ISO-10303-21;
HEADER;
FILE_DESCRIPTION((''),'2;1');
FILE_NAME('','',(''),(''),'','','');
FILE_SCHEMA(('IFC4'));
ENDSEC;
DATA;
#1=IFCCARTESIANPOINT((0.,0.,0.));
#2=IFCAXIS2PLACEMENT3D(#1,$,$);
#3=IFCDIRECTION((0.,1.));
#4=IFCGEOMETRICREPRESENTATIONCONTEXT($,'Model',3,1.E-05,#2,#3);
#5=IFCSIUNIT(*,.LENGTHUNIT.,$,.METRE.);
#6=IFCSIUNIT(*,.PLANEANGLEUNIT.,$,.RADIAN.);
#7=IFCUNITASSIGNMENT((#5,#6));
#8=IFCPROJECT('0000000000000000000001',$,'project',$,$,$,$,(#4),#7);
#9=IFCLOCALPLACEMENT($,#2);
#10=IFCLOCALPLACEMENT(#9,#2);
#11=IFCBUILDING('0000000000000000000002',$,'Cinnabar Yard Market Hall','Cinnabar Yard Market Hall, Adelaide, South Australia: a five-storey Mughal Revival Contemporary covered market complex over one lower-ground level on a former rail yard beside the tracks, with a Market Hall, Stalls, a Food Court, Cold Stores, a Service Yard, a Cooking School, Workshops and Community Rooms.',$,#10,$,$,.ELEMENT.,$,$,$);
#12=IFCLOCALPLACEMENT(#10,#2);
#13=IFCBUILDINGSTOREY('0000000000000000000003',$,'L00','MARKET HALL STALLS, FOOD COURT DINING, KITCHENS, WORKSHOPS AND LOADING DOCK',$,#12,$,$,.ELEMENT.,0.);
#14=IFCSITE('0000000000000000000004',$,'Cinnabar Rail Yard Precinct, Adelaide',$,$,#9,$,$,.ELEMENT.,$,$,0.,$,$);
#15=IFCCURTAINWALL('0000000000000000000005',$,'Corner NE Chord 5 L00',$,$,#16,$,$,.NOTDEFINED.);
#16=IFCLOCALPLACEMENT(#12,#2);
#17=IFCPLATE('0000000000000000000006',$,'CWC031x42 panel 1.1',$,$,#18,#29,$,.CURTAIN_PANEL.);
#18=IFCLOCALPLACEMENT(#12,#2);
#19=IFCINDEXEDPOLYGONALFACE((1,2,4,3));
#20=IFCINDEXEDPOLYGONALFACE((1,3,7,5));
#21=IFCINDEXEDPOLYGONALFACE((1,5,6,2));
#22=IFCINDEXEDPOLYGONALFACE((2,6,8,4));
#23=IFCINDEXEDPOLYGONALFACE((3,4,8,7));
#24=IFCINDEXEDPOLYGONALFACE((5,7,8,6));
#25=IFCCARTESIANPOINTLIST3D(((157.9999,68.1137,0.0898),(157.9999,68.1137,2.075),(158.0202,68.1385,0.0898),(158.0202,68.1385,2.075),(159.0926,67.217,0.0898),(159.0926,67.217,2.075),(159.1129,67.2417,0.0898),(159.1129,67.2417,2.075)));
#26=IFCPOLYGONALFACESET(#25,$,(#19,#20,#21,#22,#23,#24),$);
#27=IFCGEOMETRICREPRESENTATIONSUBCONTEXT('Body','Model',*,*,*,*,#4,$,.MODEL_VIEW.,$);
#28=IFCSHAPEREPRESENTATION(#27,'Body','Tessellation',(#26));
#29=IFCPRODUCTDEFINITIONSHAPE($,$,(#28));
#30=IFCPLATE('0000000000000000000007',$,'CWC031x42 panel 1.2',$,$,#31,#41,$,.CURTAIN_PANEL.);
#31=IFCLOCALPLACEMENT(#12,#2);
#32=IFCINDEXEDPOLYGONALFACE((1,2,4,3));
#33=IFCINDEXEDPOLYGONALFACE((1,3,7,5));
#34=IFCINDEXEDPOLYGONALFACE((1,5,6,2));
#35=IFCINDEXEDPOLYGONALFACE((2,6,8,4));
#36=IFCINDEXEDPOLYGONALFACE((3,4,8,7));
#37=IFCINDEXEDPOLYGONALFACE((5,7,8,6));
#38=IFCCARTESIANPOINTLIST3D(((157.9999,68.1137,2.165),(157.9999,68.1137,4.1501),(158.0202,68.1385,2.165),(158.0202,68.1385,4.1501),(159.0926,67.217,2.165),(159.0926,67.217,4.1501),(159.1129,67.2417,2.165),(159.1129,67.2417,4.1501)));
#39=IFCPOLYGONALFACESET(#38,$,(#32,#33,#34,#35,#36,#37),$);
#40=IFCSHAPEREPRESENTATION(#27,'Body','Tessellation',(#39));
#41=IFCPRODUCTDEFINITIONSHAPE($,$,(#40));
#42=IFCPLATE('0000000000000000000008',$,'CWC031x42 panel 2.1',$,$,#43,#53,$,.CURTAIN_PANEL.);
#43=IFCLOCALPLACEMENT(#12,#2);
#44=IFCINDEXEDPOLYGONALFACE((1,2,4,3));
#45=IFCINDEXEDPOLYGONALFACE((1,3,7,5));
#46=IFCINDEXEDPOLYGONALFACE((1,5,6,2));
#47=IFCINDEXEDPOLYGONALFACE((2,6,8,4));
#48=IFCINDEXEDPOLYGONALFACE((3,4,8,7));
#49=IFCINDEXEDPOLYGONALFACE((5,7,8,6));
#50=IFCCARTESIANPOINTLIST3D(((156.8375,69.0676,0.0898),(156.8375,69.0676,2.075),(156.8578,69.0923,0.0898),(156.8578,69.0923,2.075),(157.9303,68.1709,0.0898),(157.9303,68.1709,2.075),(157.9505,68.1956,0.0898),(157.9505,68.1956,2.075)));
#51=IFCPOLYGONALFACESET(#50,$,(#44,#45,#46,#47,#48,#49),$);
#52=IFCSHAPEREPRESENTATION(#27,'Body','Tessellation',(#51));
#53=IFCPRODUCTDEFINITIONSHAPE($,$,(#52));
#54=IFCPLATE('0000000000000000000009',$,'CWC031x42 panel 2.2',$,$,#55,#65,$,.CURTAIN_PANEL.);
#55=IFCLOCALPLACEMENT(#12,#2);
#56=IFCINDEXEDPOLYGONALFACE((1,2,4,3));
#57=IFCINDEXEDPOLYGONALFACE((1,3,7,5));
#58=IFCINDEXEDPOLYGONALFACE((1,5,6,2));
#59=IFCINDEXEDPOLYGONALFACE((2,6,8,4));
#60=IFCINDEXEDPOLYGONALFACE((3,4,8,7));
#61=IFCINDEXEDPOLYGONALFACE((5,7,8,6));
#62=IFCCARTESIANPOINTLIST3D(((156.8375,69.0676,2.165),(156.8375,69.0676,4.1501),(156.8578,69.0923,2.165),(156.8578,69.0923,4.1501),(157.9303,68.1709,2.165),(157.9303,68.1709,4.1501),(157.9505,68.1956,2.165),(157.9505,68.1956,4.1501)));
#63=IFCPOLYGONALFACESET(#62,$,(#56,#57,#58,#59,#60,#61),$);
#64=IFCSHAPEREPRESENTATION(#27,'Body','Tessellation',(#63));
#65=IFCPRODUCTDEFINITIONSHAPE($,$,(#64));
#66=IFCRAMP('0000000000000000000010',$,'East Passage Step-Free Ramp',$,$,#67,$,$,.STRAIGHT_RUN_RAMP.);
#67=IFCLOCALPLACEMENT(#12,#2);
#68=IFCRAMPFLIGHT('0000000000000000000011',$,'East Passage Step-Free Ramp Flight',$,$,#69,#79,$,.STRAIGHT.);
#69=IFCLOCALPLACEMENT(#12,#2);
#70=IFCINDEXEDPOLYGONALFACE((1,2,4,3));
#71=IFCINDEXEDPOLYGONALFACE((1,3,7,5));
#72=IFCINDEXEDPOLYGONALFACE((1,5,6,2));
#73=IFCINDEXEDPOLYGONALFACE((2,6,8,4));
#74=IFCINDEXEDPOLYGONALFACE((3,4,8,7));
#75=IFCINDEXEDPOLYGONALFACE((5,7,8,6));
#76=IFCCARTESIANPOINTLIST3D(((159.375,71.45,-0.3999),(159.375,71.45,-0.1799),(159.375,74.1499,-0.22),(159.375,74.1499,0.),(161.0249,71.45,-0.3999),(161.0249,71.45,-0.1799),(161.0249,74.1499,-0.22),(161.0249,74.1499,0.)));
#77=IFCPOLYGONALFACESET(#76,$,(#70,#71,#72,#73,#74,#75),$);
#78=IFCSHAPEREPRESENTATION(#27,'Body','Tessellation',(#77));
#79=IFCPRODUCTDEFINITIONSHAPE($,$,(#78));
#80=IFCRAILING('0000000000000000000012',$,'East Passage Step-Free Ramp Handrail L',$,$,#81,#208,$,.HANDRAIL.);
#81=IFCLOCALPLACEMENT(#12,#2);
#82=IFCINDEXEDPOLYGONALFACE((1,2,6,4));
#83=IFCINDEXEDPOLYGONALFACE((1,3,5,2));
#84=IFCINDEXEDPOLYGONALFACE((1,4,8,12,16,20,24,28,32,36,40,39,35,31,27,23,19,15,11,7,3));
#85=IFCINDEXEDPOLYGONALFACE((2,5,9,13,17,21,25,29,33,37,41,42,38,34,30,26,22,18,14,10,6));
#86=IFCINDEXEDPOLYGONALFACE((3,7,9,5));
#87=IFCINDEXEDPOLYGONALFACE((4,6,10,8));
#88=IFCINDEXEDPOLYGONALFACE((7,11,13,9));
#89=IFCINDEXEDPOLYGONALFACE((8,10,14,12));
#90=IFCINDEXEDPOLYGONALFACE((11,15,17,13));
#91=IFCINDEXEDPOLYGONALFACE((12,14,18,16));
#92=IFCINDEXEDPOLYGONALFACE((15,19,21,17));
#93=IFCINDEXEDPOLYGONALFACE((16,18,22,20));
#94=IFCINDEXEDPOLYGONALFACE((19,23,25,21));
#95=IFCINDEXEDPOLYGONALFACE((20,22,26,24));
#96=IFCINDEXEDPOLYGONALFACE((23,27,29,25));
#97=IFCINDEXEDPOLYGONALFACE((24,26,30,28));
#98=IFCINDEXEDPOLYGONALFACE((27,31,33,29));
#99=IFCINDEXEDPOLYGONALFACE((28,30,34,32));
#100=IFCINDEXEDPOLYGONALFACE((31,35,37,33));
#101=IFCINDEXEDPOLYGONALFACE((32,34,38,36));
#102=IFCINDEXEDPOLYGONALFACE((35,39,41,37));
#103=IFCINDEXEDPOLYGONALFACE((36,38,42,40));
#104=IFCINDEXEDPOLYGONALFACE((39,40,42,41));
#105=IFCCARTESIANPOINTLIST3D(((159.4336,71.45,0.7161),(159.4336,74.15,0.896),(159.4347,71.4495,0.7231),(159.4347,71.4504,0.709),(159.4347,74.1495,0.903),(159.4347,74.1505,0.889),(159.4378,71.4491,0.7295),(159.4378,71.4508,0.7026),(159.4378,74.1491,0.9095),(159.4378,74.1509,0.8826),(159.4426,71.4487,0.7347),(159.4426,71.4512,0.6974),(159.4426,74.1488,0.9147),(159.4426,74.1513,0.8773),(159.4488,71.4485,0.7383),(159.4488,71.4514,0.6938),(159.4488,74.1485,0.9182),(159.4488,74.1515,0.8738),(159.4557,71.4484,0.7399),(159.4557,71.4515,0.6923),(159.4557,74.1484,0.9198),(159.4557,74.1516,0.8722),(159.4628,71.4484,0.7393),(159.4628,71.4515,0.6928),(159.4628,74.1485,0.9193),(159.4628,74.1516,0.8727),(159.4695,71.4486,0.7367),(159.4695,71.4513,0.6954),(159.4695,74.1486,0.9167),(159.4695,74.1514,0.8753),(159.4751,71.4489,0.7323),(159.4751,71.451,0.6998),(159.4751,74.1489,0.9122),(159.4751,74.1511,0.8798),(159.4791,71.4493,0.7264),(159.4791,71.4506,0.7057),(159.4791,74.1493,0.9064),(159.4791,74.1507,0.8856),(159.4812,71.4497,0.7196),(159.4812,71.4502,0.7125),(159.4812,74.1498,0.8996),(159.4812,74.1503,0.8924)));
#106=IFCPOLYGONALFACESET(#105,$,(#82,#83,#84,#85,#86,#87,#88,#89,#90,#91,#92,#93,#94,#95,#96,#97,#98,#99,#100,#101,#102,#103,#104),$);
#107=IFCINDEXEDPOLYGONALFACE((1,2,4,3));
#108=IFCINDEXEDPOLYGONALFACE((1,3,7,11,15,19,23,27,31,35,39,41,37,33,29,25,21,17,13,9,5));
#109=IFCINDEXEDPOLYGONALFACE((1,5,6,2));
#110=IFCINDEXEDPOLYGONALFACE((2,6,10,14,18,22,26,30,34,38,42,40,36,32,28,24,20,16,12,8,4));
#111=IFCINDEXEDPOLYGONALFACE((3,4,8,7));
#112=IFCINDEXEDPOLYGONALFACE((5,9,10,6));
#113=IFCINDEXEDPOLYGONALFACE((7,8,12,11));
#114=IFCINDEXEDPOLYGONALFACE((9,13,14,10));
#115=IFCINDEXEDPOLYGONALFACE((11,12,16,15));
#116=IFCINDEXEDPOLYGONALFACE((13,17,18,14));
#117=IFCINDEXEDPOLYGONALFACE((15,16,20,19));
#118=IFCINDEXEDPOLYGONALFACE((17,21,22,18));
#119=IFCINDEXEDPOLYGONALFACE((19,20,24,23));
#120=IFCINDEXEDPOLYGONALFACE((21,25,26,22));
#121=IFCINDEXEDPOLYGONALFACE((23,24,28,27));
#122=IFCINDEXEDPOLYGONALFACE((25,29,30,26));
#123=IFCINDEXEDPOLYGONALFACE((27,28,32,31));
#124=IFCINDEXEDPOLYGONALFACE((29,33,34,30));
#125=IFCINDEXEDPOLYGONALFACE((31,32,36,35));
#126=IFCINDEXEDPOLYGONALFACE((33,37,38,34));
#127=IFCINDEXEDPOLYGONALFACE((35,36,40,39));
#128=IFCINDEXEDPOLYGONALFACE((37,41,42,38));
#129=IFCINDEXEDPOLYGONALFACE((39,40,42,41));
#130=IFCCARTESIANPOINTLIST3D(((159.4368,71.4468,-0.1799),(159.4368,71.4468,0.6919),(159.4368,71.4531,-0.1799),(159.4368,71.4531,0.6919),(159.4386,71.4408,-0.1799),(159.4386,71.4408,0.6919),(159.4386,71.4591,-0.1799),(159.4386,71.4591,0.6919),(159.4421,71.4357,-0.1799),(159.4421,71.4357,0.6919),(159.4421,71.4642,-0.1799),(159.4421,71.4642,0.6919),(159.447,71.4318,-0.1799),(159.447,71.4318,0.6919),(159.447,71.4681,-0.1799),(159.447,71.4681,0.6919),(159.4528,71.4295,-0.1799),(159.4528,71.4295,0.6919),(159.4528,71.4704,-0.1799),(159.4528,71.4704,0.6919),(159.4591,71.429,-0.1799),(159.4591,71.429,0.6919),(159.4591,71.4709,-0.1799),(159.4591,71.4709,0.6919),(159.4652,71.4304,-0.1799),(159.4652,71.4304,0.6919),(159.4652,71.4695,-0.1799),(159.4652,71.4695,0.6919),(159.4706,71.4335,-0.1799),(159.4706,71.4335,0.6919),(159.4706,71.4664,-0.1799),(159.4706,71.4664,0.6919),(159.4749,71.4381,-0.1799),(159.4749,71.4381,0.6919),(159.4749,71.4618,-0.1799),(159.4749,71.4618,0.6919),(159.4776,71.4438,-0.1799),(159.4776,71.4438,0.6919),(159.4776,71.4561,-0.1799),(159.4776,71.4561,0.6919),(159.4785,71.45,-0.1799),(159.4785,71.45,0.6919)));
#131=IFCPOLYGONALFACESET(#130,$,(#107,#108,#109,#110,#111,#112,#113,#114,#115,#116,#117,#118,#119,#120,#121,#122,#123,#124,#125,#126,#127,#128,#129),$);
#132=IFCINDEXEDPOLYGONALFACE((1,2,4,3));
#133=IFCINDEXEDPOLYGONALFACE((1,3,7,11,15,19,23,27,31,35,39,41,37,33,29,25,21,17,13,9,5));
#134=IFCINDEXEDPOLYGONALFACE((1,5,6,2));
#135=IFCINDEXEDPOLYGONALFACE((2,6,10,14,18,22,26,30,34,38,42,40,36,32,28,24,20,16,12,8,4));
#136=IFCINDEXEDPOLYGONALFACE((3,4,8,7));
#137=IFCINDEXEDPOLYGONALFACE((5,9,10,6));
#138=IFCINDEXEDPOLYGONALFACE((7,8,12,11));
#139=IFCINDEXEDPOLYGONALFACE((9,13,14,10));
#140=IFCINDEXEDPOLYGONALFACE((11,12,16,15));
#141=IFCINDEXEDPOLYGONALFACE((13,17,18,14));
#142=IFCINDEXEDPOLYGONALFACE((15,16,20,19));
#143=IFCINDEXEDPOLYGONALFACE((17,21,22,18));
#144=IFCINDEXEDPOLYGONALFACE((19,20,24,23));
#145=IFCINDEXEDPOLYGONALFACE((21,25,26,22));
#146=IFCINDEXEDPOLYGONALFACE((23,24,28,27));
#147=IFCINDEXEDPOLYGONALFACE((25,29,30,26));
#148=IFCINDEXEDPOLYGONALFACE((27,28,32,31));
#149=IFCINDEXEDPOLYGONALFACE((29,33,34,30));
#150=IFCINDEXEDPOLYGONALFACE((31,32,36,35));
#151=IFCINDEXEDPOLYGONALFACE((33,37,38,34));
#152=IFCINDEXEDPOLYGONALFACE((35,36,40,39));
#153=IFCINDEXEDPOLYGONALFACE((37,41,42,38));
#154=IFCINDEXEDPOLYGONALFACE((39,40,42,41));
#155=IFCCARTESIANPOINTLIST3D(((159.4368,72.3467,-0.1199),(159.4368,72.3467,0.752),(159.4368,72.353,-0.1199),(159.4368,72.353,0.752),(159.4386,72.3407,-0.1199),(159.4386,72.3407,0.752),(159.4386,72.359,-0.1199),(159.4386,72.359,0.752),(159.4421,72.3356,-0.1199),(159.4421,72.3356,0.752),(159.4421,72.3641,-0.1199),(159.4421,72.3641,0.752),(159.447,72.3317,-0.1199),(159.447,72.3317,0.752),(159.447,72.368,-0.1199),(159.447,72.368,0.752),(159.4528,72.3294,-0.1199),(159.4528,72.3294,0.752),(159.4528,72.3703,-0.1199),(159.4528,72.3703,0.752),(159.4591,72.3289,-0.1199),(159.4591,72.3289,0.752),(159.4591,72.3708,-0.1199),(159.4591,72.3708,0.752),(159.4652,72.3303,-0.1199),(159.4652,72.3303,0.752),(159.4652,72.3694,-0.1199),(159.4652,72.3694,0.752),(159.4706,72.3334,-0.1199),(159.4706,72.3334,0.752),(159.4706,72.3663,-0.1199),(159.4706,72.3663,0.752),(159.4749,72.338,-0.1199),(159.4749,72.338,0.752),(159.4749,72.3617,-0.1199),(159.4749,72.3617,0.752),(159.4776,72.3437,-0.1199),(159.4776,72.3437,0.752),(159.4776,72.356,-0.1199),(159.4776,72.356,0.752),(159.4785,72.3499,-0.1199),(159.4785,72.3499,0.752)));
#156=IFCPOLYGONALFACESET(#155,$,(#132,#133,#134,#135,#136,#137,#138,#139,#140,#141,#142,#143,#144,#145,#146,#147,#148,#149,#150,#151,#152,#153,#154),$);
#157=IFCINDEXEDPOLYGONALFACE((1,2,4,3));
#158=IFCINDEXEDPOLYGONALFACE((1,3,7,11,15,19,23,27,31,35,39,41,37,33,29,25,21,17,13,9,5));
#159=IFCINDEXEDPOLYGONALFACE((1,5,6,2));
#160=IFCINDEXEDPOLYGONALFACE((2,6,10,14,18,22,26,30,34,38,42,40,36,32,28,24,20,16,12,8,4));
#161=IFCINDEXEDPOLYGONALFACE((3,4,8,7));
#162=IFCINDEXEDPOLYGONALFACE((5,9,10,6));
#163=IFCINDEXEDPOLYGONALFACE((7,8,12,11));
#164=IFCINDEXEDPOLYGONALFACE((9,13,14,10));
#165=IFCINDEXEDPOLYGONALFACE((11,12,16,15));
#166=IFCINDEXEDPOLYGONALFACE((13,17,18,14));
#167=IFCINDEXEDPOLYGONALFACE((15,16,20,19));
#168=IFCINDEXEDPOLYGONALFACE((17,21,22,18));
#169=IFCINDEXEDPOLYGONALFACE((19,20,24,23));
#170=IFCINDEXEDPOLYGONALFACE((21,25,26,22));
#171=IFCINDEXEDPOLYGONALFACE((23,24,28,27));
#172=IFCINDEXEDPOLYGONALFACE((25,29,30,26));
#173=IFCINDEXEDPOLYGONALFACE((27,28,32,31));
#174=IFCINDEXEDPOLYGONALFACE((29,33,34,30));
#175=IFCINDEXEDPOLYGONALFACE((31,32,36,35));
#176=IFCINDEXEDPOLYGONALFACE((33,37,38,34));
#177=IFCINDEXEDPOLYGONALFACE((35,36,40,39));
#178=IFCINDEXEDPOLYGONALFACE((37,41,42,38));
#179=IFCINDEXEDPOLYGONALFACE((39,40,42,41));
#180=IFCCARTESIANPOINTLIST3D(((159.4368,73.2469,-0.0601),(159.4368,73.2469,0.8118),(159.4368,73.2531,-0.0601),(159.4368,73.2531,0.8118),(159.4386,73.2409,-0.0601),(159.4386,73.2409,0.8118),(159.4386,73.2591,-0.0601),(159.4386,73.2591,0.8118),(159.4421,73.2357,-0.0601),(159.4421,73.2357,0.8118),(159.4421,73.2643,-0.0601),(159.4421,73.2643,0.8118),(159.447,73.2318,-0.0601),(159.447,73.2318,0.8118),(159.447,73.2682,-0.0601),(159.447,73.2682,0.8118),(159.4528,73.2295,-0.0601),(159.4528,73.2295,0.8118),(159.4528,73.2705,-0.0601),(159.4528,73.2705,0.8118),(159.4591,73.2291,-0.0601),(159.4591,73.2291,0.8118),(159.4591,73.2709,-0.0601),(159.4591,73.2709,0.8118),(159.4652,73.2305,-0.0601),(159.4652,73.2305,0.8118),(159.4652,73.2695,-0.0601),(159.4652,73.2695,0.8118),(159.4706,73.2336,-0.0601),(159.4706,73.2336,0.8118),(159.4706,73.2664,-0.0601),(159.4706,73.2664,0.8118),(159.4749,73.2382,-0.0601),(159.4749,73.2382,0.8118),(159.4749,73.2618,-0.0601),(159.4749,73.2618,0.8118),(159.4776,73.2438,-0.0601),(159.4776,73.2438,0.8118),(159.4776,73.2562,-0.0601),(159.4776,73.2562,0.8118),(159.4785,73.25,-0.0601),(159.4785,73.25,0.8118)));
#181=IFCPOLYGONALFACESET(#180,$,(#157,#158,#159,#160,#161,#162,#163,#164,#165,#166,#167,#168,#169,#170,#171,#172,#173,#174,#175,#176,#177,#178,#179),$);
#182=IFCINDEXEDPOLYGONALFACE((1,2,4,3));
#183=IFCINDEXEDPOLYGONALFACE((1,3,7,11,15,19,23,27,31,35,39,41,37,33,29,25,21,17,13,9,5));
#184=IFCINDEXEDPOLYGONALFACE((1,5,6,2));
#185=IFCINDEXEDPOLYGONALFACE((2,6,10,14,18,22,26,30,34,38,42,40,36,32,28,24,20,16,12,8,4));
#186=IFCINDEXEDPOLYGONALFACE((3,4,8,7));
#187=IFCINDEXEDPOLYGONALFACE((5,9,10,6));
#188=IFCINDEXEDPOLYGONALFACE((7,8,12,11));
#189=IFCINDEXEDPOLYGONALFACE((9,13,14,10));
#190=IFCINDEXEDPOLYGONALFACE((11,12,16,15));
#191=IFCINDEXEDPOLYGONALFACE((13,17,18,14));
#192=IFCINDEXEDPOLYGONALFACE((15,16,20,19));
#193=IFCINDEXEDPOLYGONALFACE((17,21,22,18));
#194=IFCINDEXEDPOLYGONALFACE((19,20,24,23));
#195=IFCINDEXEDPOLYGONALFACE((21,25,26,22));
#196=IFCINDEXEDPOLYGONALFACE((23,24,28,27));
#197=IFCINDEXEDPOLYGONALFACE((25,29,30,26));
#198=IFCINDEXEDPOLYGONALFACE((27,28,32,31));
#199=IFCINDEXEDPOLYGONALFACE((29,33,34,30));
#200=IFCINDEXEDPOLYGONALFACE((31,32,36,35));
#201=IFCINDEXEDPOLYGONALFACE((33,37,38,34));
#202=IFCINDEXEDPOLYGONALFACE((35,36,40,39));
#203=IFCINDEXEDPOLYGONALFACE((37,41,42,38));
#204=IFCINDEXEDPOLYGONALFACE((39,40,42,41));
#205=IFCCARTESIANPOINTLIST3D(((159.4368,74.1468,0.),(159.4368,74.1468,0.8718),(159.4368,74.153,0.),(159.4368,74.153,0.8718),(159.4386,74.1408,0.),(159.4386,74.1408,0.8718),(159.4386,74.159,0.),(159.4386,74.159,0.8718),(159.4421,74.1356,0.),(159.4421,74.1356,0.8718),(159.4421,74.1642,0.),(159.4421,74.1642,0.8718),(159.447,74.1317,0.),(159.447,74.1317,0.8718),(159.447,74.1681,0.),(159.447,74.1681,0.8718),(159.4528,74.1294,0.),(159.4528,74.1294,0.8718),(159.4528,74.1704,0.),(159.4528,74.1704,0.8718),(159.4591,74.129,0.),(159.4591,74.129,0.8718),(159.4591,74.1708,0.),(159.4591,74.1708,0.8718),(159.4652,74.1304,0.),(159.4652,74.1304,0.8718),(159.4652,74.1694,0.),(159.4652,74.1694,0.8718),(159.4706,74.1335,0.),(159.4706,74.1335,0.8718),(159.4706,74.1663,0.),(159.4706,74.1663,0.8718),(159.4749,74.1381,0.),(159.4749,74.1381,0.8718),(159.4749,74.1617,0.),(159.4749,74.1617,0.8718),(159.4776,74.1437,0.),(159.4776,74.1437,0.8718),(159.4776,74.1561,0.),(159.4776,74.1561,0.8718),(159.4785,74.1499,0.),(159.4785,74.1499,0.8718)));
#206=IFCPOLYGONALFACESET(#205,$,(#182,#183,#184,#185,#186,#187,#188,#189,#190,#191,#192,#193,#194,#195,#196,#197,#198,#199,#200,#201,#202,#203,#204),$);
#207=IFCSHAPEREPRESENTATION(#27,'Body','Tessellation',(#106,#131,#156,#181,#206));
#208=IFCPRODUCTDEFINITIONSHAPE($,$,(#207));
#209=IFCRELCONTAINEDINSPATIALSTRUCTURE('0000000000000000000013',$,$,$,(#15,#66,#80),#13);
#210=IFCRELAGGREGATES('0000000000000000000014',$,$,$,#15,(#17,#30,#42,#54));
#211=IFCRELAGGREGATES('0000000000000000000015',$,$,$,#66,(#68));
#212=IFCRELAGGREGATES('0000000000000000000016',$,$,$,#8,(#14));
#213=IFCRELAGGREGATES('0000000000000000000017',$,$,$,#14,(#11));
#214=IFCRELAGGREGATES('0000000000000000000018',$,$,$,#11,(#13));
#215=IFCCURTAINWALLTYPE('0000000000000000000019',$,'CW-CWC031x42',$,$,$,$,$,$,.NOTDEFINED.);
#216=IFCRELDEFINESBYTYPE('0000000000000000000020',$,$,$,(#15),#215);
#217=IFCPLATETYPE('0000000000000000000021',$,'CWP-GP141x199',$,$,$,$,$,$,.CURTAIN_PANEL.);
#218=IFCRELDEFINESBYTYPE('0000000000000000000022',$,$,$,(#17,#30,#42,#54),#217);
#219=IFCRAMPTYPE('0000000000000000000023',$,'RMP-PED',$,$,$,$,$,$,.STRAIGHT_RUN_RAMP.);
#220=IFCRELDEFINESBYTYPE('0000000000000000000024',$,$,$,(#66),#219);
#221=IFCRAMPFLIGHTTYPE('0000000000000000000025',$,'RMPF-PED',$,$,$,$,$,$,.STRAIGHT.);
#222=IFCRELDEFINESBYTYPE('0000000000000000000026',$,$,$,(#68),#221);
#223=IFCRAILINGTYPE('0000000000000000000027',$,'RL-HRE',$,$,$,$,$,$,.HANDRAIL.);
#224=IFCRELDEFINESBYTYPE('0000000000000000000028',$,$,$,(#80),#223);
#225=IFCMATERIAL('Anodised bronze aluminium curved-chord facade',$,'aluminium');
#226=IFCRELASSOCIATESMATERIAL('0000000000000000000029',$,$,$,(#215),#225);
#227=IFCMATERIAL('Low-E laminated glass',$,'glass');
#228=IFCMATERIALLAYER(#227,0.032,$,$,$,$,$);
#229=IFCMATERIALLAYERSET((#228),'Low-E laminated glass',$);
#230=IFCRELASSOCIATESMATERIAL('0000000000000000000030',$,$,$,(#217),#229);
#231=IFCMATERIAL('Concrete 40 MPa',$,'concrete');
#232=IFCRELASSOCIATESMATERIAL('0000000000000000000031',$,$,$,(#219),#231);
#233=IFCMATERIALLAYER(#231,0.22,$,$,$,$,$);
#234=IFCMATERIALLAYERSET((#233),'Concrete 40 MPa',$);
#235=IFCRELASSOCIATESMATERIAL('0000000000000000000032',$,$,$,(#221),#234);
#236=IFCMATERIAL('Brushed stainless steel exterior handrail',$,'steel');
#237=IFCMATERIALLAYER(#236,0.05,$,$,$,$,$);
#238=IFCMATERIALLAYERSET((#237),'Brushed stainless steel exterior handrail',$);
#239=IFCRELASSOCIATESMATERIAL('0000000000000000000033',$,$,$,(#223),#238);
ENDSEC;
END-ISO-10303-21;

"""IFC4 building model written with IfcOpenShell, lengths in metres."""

from ifc_helpers import new_model, si_unit, direction, frame, origin, origin_2d_with_axis, place, context, subcontext, project, spatial, polyline, rectangle, circle, outline, extrude, material, layer, layer_set, type_object, element, aggregate, save


model = new_model("IFC4")

# Units and contexts
model_context = context("Model", 3, precision=1e-05, world=origin(), true_north=direction((0.0, 1.0)))
body_context = subcontext(model_context, "Body", "Model", "MODEL_VIEW")
ifc_project = project(units=[si_unit("LENGTHUNIT", "METRE"), si_unit("PLANEANGLEUNIT", "RADIAN")], contexts=[model_context])

# Site, building, storey
site_placement = place(None, origin())
site = spatial("IfcSite", under=ifc_project, at=site_placement, Name="Cinnabar Rail Yard Precinct, Adelaide", CompositionType="ELEMENT", RefElevation=0.0)
building_placement = place(site_placement, origin())
building = spatial("IfcBuilding", under=site, at=building_placement, Name="Cinnabar Yard Market Hall", Description="Cinnabar Yard Market Hall, Adelaide, South Australia: a five-storey Mughal Revival Contemporary covered market complex over one lower-ground level on a former rail yard beside the tracks, with a Market Hall, Stalls, a Food Court, Cold Stores, a Service Yard, a Cooking School, Workshops and Community Rooms.", CompositionType="ELEMENT")
storey_placement = place(building_placement, origin())
storey = spatial("IfcBuildingStorey", under=building, at=storey_placement, Name="L00", Description="MARKET HALL STALLS, FOOD COURT DINING, KITCHENS, WORKSHOPS AND LOADING DOCK", CompositionType="ELEMENT", Elevation=0.0)

# Shared definitions
ifc_material_1 = material(Name="Concrete 40 MPa", Category="concrete")

# Curtain wall
ifc_material_2 = material(Name="Anodised bronze aluminium curved-chord facade", Category="aluminium")
curtain_wall_type = type_object("IfcCurtainWallType", Name="CW-CWC031x42", PredefinedType="NOTDEFINED", material=ifc_material_2)
curtain_wall_1_placement = place(storey_placement, origin())
curtain_wall_1 = element("IfcCurtainWall", 1, at=curtain_wall_1_placement, inside=storey, type_object=curtain_wall_type, Name="Corner NE Chord 5 L00", PredefinedType="NOTDEFINED")

# Plates
ifc_material_3 = material(Name="Low-E laminated glass", Category="glass")
ifc_layer_1 = layer(ifc_material_3, 0.032)
ifc_layer_set_1 = layer_set([ifc_layer_1], Name="Low-E laminated glass")
plate_type = type_object("IfcPlateType", Name="CWP-GP141x199", PredefinedType="CURTAIN_PANEL", material=ifc_layer_set_1)
plate_1_placement = place(storey_placement, frame((158.5564, 67.6777, 0.0898), z_axis=(0.0, 0.0, 1.0), x_axis=(-0.773019, 0.634383, 0.0)))
plate_1 = element("IfcPlate", 2, at=plate_1_placement, type_object=plate_type, Name="CWC031x42 panel 1.1", PredefinedType="CURTAIN_PANEL", context=body_context, shape_type="SweptSolid", body=[
    extrude(rectangle(XDim=1.4136, YDim=0.032, at=origin_2d_with_axis()), origin(), (0.0, 0.0, 1.0), 1.9851),
])
plate_2_placement = place(storey_placement, frame((158.5564, 67.6777, 2.165), z_axis=(0.0, 0.0, 1.0), x_axis=(-0.773019, 0.634383, 0.0)))
plate_2 = element("IfcPlate", 3, at=plate_2_placement, type_object=plate_type, Name="CWC031x42 panel 1.2", PredefinedType="CURTAIN_PANEL", context=body_context, shape_type="SweptSolid", body=[
    extrude(rectangle(XDim=1.4136, YDim=0.032, at=origin_2d_with_axis()), origin(), (0.0, 0.0, 1.0), 1.9851),
])
plate_3_placement = place(storey_placement, frame((157.394, 68.6316, 0.0898), z_axis=(0.0, 0.0, 1.0), x_axis=(-0.773019, 0.634383, 0.0)))
plate_3 = element("IfcPlate", 4, at=plate_3_placement, type_object=plate_type, Name="CWC031x42 panel 2.1", PredefinedType="CURTAIN_PANEL", context=body_context, shape_type="SweptSolid", body=[
    extrude(rectangle(XDim=1.4136, YDim=0.032, at=origin_2d_with_axis()), origin(), (0.0, 0.0, 1.0), 1.9851),
])
plate_4_placement = place(storey_placement, frame((157.394, 68.6316, 2.165), z_axis=(0.0, 0.0, 1.0), x_axis=(-0.773019, 0.634383, 0.0)))
plate_4 = element("IfcPlate", 5, at=plate_4_placement, type_object=plate_type, Name="CWC031x42 panel 2.2", PredefinedType="CURTAIN_PANEL", context=body_context, shape_type="SweptSolid", body=[
    extrude(rectangle(XDim=1.4136, YDim=0.032, at=origin_2d_with_axis()), origin(), (0.0, 0.0, 1.0), 1.9851),
])
aggregate(curtain_wall_1, [plate_1, plate_2, plate_3, plate_4])

# Ramp, ramp flight
ramp_type = type_object("IfcRampType", Name="RMP-PED", PredefinedType="STRAIGHT_RUN_RAMP", material=ifc_material_1)
ramp_placement = place(storey_placement, origin())
ramp = element("IfcRamp", 6, at=ramp_placement, inside=storey, type_object=ramp_type, Name="East Passage Step-Free Ramp", PredefinedType="STRAIGHT_RUN_RAMP")
ifc_layer_2 = layer(ifc_material_1, 0.22)
ifc_layer_set_2 = layer_set([ifc_layer_2], Name="Concrete 40 MPa")
ramp_flight_type = type_object("IfcRampFlightType", Name="RMPF-PED", PredefinedType="STRAIGHT", material=ifc_layer_set_2)
ramp_flight_placement = place(storey_placement, frame((160.2, 71.45, -0.1799), z_axis=(0.0, 0.0, 1.0), x_axis=(0.0, 1.0, 0.0)))
ramp_flight = element("IfcRampFlight", 7, at=ramp_flight_placement, type_object=ramp_flight_type, Name="East Passage Step-Free Ramp Flight", PredefinedType="STRAIGHT", context=body_context, shape_type="SweptSolid", body=[
    extrude(outline(polyline([(0.0, 0.0), (2.7, 0.1799), (2.7, -0.04), (0.0, -0.22), (0.0, 0.0)])), frame((0.0, 0.825, 0.0), z_axis=(0.0, -1.0, 0.0), x_axis=(1.0, 0.0, 0.0)), (0.0, 0.0, 1.0), 1.6499),
])
aggregate(ramp, [ramp_flight])

# Railing
ifc_material_4 = material(Name="Brushed stainless steel exterior handrail", Category="steel")
ifc_layer_3 = layer(ifc_material_4, 0.05)
ifc_layer_set_3 = layer_set([ifc_layer_3], Name="Brushed stainless steel exterior handrail")
railing_type = type_object("IfcRailingType", Name="RL-HRE", PredefinedType="HANDRAIL", material=ifc_layer_set_3)
railing_placement = place(storey_placement, frame((159.4575, 71.45, -0.1799)))
element("IfcRailing", 8, at=railing_placement, inside=storey, type_object=railing_type, Name="East Passage Step-Free Ramp Handrail L", PredefinedType="HANDRAIL", context=body_context, shape_type="SweptSolid", body=[
    extrude(circle(Radius=0.0239, at=origin_2d_with_axis()), frame((0.0, 0.0, 0.896), z_axis=(0.0, 0.997787, 0.066495), x_axis=(-1.0, 0.0, 0.0)), (0.0, 0.0, 1.0), 2.7061),
    extrude(circle(Radius=0.021, at=origin_2d_with_axis()), origin(), (0.0, 0.0, 1.0), 0.8718),
    extrude(circle(Radius=0.021, at=origin_2d_with_axis()), frame((0.0, 0.8999, 0.0601)), (0.0, 0.0, 1.0), 0.8718),
    extrude(circle(Radius=0.021, at=origin_2d_with_axis()), frame((0.0, 1.8, 0.1199)), (0.0, 0.0, 1.0), 0.8718),
    extrude(circle(Radius=0.021, at=origin_2d_with_axis()), frame((0.0, 2.7, 0.1799)), (0.0, 0.0, 1.0), 0.8718),
])

save(model, "model.ifc")
